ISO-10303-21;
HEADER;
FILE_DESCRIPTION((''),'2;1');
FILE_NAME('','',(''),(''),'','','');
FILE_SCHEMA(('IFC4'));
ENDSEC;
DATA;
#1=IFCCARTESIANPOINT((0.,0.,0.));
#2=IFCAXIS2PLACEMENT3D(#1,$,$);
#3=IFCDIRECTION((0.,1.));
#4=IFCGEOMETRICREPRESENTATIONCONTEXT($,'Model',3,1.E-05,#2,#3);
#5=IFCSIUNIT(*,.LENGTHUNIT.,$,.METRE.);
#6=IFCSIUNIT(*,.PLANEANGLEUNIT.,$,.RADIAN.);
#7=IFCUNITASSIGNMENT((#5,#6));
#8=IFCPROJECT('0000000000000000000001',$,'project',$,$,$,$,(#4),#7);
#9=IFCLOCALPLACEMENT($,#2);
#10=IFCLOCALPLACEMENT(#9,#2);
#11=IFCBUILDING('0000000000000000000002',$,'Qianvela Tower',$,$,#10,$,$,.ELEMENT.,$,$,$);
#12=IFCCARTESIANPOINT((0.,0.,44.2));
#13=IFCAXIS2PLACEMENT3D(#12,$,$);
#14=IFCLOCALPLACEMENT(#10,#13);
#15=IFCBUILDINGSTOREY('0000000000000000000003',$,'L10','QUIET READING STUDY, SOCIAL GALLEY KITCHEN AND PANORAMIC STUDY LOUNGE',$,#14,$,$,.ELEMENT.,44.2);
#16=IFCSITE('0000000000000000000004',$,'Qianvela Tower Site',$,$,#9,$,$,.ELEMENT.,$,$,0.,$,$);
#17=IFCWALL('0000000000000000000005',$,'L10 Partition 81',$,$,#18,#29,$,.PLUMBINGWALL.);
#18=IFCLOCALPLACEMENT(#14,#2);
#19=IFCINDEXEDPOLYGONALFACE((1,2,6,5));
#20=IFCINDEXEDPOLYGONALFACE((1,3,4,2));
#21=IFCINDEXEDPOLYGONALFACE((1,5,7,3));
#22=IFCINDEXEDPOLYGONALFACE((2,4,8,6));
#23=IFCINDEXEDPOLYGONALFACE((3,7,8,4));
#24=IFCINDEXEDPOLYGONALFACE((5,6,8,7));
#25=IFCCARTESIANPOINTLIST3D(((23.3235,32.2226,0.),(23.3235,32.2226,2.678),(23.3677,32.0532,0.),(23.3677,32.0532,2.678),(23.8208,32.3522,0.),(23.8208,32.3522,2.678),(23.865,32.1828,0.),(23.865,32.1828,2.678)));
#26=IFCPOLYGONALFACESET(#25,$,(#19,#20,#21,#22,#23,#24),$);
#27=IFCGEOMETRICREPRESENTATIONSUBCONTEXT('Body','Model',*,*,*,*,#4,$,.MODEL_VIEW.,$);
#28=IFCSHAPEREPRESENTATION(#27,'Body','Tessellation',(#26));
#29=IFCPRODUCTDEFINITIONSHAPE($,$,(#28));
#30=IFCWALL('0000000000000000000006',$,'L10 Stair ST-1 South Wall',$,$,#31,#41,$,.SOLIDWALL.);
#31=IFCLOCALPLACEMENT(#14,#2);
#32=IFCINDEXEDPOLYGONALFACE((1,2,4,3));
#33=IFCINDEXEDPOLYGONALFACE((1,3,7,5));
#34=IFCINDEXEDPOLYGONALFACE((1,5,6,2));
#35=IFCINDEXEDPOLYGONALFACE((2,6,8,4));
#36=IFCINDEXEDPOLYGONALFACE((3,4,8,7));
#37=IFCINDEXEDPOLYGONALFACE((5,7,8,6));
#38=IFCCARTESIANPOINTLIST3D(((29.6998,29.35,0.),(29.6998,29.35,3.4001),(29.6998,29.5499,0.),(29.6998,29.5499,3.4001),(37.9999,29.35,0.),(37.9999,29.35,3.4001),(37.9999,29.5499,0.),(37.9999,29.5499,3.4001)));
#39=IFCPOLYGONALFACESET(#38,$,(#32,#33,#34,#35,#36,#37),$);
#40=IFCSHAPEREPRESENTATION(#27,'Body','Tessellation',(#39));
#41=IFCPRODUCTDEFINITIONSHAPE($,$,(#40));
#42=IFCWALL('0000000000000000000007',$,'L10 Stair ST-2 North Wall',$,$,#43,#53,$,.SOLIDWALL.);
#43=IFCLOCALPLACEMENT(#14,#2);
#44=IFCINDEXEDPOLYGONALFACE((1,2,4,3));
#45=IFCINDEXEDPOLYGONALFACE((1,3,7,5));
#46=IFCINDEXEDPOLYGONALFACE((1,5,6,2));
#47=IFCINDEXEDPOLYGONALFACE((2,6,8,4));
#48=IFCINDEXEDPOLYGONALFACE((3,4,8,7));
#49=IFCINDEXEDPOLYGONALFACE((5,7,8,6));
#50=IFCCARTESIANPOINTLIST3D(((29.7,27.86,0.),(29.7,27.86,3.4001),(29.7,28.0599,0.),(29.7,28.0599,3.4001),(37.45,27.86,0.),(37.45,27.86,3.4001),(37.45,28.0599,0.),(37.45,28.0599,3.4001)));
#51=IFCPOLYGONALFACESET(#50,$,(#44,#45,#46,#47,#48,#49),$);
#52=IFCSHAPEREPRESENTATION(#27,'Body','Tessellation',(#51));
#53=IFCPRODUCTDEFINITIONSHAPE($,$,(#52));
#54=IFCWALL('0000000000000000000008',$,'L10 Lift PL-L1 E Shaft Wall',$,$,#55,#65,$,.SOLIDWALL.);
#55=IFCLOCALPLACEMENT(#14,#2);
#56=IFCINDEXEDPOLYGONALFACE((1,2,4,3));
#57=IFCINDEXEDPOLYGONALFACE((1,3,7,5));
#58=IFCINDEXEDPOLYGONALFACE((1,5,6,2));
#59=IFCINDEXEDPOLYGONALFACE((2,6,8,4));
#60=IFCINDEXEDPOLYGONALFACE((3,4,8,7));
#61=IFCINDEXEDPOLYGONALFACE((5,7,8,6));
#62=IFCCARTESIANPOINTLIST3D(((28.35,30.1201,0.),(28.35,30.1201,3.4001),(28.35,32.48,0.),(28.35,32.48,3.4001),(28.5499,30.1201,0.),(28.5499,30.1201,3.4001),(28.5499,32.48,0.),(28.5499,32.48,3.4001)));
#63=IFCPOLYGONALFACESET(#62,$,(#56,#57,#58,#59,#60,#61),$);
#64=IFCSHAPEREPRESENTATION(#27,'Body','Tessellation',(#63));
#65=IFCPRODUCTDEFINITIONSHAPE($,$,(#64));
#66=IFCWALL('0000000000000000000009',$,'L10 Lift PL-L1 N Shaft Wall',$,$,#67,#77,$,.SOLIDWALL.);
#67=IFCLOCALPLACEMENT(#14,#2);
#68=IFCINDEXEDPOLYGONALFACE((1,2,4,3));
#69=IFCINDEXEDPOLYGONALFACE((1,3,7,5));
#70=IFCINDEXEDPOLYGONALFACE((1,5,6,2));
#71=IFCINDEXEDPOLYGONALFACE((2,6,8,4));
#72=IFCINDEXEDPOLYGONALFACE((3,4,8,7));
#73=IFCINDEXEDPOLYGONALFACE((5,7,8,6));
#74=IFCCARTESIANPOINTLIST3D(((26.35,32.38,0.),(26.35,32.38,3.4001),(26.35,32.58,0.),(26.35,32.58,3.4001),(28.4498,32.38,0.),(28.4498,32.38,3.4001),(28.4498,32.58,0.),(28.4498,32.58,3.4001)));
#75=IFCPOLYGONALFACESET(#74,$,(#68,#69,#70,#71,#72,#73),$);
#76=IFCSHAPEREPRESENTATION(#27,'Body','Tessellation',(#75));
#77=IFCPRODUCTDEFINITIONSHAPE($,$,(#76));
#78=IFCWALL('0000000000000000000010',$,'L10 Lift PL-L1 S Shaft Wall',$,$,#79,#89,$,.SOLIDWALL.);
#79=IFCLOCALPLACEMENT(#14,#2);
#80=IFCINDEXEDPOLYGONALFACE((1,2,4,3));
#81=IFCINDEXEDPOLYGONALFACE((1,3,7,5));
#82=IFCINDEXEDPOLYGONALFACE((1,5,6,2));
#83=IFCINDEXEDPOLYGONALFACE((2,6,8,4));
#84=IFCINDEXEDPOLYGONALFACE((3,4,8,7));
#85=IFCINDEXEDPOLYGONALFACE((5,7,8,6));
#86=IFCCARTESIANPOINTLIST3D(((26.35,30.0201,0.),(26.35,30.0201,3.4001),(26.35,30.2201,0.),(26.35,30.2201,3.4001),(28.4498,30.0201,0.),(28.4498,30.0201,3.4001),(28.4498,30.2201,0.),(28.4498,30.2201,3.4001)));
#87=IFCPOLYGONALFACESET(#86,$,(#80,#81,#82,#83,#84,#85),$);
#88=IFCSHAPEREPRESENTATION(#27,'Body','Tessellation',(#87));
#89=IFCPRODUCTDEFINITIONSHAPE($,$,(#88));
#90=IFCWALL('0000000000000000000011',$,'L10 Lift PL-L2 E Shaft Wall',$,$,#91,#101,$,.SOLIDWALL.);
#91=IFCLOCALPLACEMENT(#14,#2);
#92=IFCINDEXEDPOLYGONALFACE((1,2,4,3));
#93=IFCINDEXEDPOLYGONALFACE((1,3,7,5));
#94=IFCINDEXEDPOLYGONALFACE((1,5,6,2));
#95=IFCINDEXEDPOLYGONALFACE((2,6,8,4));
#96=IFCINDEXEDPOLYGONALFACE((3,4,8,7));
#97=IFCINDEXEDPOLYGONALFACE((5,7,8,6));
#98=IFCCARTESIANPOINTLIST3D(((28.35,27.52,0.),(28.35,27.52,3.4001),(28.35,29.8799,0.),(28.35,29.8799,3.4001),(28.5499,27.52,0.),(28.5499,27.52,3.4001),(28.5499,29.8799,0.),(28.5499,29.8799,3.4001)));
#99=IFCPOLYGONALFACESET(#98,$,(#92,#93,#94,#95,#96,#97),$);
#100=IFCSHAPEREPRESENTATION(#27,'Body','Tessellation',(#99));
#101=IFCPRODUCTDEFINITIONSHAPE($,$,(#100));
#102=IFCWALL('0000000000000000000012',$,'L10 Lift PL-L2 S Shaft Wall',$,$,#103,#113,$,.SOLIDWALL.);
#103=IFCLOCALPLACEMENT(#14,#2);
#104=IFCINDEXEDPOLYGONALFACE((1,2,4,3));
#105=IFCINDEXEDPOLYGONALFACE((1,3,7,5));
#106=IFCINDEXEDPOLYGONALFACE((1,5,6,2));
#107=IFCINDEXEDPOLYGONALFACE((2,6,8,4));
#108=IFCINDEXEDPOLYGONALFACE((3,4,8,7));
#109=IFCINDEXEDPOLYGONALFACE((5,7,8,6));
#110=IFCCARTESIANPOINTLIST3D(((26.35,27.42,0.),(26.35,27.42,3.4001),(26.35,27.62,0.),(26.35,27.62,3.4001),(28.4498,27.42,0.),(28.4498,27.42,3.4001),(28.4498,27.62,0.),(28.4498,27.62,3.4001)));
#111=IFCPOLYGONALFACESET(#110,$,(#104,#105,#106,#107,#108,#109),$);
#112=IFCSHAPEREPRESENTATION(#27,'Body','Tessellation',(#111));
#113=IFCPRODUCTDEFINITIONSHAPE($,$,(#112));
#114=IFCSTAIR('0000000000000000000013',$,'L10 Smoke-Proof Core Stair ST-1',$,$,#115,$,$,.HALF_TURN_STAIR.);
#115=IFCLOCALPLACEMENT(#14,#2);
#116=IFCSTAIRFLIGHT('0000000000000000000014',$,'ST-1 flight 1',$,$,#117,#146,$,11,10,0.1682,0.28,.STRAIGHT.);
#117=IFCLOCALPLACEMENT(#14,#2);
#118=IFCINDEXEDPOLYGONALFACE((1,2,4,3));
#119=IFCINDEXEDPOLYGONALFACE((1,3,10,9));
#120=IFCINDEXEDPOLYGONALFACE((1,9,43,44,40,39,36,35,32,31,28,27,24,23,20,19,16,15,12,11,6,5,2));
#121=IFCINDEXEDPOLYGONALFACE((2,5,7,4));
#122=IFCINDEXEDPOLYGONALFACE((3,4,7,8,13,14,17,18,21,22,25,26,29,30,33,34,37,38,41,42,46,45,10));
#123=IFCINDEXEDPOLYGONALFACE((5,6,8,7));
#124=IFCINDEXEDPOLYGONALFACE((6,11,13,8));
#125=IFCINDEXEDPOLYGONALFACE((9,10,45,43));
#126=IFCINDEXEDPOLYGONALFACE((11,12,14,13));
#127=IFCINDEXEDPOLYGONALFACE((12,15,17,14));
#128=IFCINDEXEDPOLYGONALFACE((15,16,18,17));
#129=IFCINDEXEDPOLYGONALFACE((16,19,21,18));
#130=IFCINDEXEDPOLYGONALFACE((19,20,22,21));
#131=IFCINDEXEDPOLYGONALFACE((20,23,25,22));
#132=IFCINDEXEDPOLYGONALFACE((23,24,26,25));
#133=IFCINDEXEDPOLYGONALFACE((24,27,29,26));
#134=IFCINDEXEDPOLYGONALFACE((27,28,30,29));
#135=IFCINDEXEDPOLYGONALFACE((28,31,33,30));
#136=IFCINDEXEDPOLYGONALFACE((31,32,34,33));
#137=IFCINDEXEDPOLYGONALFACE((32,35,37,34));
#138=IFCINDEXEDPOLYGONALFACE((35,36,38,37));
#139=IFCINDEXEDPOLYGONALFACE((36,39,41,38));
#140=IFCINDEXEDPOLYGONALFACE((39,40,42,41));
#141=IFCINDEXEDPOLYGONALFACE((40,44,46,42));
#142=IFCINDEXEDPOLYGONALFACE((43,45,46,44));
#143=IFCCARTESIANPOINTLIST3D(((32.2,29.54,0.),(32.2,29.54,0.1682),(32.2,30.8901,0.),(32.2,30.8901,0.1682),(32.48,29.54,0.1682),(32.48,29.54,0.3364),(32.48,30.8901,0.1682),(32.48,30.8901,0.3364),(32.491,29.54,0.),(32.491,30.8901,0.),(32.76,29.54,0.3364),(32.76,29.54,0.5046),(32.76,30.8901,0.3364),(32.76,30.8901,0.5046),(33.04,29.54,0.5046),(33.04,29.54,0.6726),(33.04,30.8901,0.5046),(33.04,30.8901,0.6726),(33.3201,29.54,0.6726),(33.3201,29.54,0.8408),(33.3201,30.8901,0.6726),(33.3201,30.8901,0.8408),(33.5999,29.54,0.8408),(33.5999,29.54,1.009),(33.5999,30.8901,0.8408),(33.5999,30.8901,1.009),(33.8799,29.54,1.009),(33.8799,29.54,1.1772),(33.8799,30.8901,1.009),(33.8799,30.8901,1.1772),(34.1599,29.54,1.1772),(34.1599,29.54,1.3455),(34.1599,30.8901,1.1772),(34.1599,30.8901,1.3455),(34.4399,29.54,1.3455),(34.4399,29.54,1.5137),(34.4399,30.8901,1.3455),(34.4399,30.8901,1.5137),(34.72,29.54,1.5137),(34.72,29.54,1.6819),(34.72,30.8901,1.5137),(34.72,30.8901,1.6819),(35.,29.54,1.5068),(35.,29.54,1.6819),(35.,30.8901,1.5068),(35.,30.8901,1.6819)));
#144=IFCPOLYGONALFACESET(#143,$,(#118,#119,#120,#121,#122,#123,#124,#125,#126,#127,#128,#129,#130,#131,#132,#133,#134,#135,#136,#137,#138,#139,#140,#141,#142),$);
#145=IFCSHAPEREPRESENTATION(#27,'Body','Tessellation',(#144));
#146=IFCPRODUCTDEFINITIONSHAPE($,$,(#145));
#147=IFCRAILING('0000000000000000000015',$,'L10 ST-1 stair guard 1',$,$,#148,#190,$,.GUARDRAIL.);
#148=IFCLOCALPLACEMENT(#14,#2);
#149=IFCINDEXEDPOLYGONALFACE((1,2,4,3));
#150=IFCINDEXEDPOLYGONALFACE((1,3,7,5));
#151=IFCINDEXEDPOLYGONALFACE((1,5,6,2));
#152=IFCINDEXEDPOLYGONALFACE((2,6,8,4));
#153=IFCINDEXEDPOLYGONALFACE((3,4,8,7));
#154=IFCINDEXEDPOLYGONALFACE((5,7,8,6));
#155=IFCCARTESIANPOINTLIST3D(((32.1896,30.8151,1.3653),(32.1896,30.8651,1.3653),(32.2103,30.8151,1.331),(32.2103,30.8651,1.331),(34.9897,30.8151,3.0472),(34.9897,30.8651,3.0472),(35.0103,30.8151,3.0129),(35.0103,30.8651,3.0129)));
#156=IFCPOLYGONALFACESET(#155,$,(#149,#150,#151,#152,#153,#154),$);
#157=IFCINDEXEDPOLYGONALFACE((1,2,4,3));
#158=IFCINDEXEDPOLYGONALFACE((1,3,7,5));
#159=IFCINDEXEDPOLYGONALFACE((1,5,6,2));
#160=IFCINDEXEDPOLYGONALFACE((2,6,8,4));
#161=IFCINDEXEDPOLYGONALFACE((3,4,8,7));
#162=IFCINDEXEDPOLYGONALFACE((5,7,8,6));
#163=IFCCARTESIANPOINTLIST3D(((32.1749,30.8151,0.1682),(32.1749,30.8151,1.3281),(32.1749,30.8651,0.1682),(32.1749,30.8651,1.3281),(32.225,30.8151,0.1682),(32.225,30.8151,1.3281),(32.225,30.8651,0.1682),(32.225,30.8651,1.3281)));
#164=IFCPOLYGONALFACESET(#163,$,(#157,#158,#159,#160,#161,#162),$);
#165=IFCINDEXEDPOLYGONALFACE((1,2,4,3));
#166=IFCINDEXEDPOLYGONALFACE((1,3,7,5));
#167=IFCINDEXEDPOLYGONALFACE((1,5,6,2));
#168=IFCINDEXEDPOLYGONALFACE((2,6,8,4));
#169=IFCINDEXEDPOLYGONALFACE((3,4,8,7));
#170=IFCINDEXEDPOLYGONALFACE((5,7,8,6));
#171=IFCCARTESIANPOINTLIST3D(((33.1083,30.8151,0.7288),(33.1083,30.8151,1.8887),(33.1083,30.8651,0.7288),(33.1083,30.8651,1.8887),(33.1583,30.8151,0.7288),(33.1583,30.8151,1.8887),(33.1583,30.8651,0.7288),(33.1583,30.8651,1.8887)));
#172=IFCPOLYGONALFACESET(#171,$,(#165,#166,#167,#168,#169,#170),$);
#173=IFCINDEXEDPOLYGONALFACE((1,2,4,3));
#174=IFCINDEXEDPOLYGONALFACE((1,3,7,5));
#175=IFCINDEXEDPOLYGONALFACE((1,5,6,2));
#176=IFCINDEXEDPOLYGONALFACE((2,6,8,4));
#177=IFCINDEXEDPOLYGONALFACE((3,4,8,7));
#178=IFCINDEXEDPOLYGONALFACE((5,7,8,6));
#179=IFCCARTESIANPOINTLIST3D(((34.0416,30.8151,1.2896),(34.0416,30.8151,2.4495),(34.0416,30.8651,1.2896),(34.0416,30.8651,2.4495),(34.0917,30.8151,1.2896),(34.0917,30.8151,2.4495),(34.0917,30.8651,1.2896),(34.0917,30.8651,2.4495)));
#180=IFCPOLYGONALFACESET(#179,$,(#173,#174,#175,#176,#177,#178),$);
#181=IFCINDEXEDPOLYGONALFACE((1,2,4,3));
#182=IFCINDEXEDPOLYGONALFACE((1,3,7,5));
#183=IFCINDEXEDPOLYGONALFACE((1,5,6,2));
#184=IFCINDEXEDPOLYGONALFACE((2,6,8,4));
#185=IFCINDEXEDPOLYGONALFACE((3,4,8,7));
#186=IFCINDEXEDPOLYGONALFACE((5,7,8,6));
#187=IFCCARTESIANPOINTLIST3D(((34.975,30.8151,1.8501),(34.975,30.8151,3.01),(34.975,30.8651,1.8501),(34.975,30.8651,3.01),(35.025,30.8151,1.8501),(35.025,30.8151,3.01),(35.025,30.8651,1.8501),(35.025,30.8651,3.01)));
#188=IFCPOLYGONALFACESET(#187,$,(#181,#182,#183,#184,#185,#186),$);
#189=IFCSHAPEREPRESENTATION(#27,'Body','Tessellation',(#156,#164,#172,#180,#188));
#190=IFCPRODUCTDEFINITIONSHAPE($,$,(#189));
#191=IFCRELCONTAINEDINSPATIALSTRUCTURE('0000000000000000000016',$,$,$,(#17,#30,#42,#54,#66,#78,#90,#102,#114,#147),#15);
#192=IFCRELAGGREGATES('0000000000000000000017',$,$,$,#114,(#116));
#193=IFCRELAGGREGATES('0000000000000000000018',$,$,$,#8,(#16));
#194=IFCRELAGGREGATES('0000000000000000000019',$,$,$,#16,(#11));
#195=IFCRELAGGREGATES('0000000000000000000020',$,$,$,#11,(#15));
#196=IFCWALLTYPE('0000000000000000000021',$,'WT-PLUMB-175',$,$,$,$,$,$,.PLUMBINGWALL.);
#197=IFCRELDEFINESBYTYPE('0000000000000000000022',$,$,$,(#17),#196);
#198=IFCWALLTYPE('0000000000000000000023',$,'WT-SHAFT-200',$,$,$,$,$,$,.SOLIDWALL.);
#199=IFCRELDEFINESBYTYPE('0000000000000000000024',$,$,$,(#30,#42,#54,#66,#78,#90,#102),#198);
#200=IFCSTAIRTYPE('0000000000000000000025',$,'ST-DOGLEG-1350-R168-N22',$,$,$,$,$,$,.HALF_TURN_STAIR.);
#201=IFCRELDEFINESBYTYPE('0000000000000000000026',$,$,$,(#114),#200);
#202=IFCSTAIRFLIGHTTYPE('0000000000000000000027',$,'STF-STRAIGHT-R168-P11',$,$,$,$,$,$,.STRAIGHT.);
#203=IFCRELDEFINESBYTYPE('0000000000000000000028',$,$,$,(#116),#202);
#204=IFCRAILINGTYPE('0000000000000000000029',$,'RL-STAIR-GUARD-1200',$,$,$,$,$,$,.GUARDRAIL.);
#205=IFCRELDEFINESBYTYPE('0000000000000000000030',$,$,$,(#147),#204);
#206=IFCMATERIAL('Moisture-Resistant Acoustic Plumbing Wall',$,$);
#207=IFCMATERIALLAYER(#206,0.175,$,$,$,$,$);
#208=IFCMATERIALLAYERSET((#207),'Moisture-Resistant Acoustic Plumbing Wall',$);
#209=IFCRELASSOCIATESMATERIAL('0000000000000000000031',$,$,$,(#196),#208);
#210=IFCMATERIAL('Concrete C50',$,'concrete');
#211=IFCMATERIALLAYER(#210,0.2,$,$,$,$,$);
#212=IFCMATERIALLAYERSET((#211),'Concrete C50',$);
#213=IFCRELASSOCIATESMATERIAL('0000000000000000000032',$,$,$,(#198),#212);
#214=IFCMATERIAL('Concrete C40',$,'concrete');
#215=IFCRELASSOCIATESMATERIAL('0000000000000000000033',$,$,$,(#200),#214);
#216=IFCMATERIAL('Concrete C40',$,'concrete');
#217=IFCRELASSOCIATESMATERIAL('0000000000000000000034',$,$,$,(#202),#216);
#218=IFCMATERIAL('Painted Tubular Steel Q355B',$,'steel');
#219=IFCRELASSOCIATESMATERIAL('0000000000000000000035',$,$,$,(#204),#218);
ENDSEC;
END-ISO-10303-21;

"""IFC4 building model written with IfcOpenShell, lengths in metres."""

from ifc_helpers import new_model, si_unit, direction, frame, frame_2d, origin, origin_2d, place, context, subcontext, project, spatial, polyline, rectangle, outline, extrude, material, layer, layer_set, type_object, element, aggregate, save


model = new_model("IFC4")

# Units and contexts
model_context = context("Model", 3, precision=1e-05, world=origin(), true_north=direction((0.0, 1.0)))
body_context = subcontext(model_context, "Body", "Model", "MODEL_VIEW")
ifc_project = project(units=[si_unit("LENGTHUNIT", "METRE"), si_unit("PLANEANGLEUNIT", "RADIAN")], contexts=[model_context])

# Site, building, storey
site_placement = place(None, origin())
site = spatial("IfcSite", under=ifc_project, at=site_placement, Name="Qianvela Tower Site", CompositionType="ELEMENT", RefElevation=0.0)
building_placement = place(site_placement, origin())
building = spatial("IfcBuilding", under=site, at=building_placement, Name="Qianvela Tower", CompositionType="ELEMENT")
storey_placement = place(building_placement, frame((0.0, 0.0, 44.2)))
storey = spatial("IfcBuildingStorey", under=building, at=storey_placement, Name="L10", Description="QUIET READING STUDY, SOCIAL GALLEY KITCHEN AND PANORAMIC STUDY LOUNGE", CompositionType="ELEMENT", Elevation=44.2)

# Walls
ifc_material_1 = material(Name="Moisture-Resistant Acoustic Plumbing Wall")
ifc_layer_1 = layer(ifc_material_1, 0.175)
ifc_layer_set_1 = layer_set([ifc_layer_1], Name="Moisture-Resistant Acoustic Plumbing Wall")
wall_type_1 = type_object("IfcWallType", Name="WT-PLUMB-175", PredefinedType="PLUMBINGWALL", material=ifc_layer_set_1)
wall_1_placement = place(storey_placement, frame((23.3457, 32.1379, 0.0), z_axis=(0.0, 0.0, 1.0), x_axis=(0.967663, 0.252248, 0.0)))
element("IfcWall", 1, at=wall_1_placement, inside=storey, type_object=wall_type_1, Name="L10 Partition 81", PredefinedType="PLUMBINGWALL", context=body_context, shape_type="SweptSolid", body=[
    extrude(rectangle(XDim=0.5139, YDim=0.175, at=frame_2d((0.2568, 0.0))), origin(), (0.0, 0.0, 1.0), 2.678),
])
ifc_material_2 = material(Name="Concrete C50", Category="concrete")
ifc_layer_2 = layer(ifc_material_2, 0.2)
ifc_layer_set_2 = layer_set([ifc_layer_2], Name="Concrete C50")
wall_type_2 = type_object("IfcWallType", Name="WT-SHAFT-200", PredefinedType="SOLIDWALL", material=ifc_layer_set_2)
wall_2_placement = place(storey_placement, frame((29.7, 29.45, 0.0), z_axis=(0.0, 0.0, 1.0), x_axis=(1.0, 0.0, 0.0)))
element("IfcWall", 2, at=wall_2_placement, inside=storey, type_object=wall_type_2, Name="L10 Stair ST-1 South Wall", PredefinedType="SOLIDWALL", context=body_context, shape_type="SweptSolid", body=[
    extrude(rectangle(XDim=8.3, YDim=0.2, at=frame_2d((4.1499, 0.0))), origin(), (0.0, 0.0, 1.0), 3.4001),
])
wall_3_placement = place(storey_placement, frame((29.7, 27.96, 0.0), z_axis=(0.0, 0.0, 1.0), x_axis=(1.0, 0.0, 0.0)))
element("IfcWall", 3, at=wall_3_placement, inside=storey, type_object=wall_type_2, Name="L10 Stair ST-2 North Wall", PredefinedType="SOLIDWALL", context=body_context, shape_type="SweptSolid", body=[
    extrude(rectangle(XDim=7.75, YDim=0.2, at=frame_2d((3.875, 0.0))), origin(), (0.0, 0.0, 1.0), 3.4001),
])
wall_4_placement = place(storey_placement, frame((28.45, 30.1201, 0.0), z_axis=(0.0, 0.0, 1.0), x_axis=(0.0, 1.0, 0.0)))
element("IfcWall", 4, at=wall_4_placement, inside=storey, type_object=wall_type_2, Name="L10 Lift PL-L1 E Shaft Wall", PredefinedType="SOLIDWALL", context=body_context, shape_type="SweptSolid", body=[
    extrude(rectangle(XDim=2.3599, YDim=0.2, at=frame_2d((1.1799, 0.0))), origin(), (0.0, 0.0, 1.0), 3.4001),
])

# Walls
for number, where, z_axis, x_axis, name in (
    (5, (26.3501, 32.48, 0.0), (0.0, 0.0, 1.0), (1.0, 0.0, 0.0), "L10 Lift PL-L1 N Shaft Wall"),
    (6, (26.3501, 30.1201, 0.0), (0.0, 0.0, 1.0), (1.0, 0.0, 0.0), "L10 Lift PL-L1 S Shaft Wall"),
):
    element("IfcWall", number, at=place(storey_placement, frame(where, z_axis=z_axis, x_axis=x_axis)), inside=storey, type_object=wall_type_2, Name=name, PredefinedType="SOLIDWALL", context=body_context, shape_type="SweptSolid", body=[
        extrude(rectangle(XDim=2.0999, YDim=0.2, at=frame_2d((1.0498, 0.0))), origin(), (0.0, 0.0, 1.0), 3.4001),
    ])
wall_5_placement = place(storey_placement, frame((28.45, 27.52, 0.0), z_axis=(0.0, 0.0, 1.0), x_axis=(0.0, 1.0, 0.0)))
element("IfcWall", 7, at=wall_5_placement, inside=storey, type_object=wall_type_2, Name="L10 Lift PL-L2 E Shaft Wall", PredefinedType="SOLIDWALL", context=body_context, shape_type="SweptSolid", body=[
    extrude(rectangle(XDim=2.3599, YDim=0.2, at=frame_2d((1.1799, 0.0))), origin(), (0.0, 0.0, 1.0), 3.4001),
])

# Wall
wall_6_placement = place(storey_placement, frame((26.3501, 27.52, 0.0), z_axis=(0.0, 0.0, 1.0), x_axis=(1.0, 0.0, 0.0)))
element("IfcWall", 8, at=wall_6_placement, inside=storey, type_object=wall_type_2, Name="L10 Lift PL-L2 S Shaft Wall", PredefinedType="SOLIDWALL", context=body_context, shape_type="SweptSolid", body=[
    extrude(rectangle(XDim=2.0999, YDim=0.2, at=frame_2d((1.0498, 0.0))), origin(), (0.0, 0.0, 1.0), 3.4001),
])

# Stair, stair flight
ifc_material_3 = material(Name="Concrete C40", Category="concrete")
stair_type = type_object("IfcStairType", Name="ST-DOGLEG-1350-R168-N22", PredefinedType="HALF_TURN_STAIR", material=ifc_material_3)
stair_placement = place(storey_placement, origin())
stair = element("IfcStair", 9, at=stair_placement, inside=storey, type_object=stair_type, Name="L10 Smoke-Proof Core Stair ST-1", PredefinedType="HALF_TURN_STAIR")
ifc_material_4 = material(Name="Concrete C40", Category="concrete")
stair_flight_type = type_object("IfcStairFlightType", Name="STF-STRAIGHT-R168-P11", PredefinedType="STRAIGHT", material=ifc_material_4)
stair_flight_placement = place(storey_placement, frame((32.2, 30.2151, 0.0), z_axis=(0.0, 0.0, 1.0), x_axis=(1.0, 0.0, 0.0)))
stair_flight = element("IfcStairFlight", 10, at=stair_flight_placement, type_object=stair_flight_type, Name="ST-1 flight 1", NumberOfRisers=11, NumberOfTreads=10, PredefinedType="STRAIGHT", RiserHeight=0.1682, TreadLength=0.28, context=body_context, shape_type="SweptSolid", body=[
    extrude(outline(polyline([(0.0, 0.0), (0.0, 0.1682), (0.28, 0.1682), (0.28, 0.3364), (0.5601, 0.3364), (0.5601, 0.5046), (0.8401, 0.5046), (0.8401, 0.6726), (1.1201, 0.6726), (1.1201, 0.8408), (1.3999, 0.8408), (1.3999, 1.009), (1.6799, 1.009), (1.6799, 1.1772), (1.96, 1.1772), (1.96, 1.3455), (2.24, 1.3455), (2.24, 1.5137), (2.52, 1.5137), (2.52, 1.6819), (2.8, 1.6819), (2.8, 1.8501), (2.8, 1.5068), (0.291, 0.0), (0.0, 0.0)])), frame((0.0, 0.675, 0.0), z_axis=(0.0, -1.0, 0.0), x_axis=(1.0, 0.0, 0.0)), (0.0, 0.0, 1.0), 1.3501),
])
aggregate(stair, [stair_flight])

# Railing
ifc_material_5 = material(Name="Painted Tubular Steel Q355B", Category="steel")
railing_type_1 = type_object("IfcRailingType", Name="RL-STAIR-GUARD-1200", PredefinedType="GUARDRAIL", material=ifc_material_5)
railing_1_placement = place(storey_placement, frame((32.2, 30.8401, 0.1682)))
element("IfcRailing", 11, at=railing_1_placement, inside=storey, type_object=railing_type_1, Name="L10 ST-1 stair guard 1", PredefinedType="GUARDRAIL", context=body_context, shape_type="SweptSolid", body=[
    extrude(rectangle(XDim=0.05, YDim=0.04, at=origin_2d()), frame((0.0, 0.0, 1.1799), z_axis=(0.857242, 0.0, 0.514913), x_axis=(0.0, 1.0, 0.0)), (0.0, 0.0, 1.0), 3.2664),
    extrude(rectangle(XDim=0.05, YDim=0.05, at=origin_2d()), origin(), (0.0, 0.0, 1.0), 1.1599),
    extrude(rectangle(XDim=0.05, YDim=0.05, at=origin_2d()), frame((0.9333, 0.0, 0.5605)), (0.0, 0.0, 1.0), 1.1599),
    extrude(rectangle(XDim=0.05, YDim=0.05, at=origin_2d()), frame((1.8667, 0.0, 1.1213)), (0.0, 0.0, 1.0), 1.1599),
    extrude(rectangle(XDim=0.05, YDim=0.05, at=origin_2d()), frame((2.8, 0.0, 1.6819)), (0.0, 0.0, 1.0), 1.1599),
])

save(model, "model.ifc")
